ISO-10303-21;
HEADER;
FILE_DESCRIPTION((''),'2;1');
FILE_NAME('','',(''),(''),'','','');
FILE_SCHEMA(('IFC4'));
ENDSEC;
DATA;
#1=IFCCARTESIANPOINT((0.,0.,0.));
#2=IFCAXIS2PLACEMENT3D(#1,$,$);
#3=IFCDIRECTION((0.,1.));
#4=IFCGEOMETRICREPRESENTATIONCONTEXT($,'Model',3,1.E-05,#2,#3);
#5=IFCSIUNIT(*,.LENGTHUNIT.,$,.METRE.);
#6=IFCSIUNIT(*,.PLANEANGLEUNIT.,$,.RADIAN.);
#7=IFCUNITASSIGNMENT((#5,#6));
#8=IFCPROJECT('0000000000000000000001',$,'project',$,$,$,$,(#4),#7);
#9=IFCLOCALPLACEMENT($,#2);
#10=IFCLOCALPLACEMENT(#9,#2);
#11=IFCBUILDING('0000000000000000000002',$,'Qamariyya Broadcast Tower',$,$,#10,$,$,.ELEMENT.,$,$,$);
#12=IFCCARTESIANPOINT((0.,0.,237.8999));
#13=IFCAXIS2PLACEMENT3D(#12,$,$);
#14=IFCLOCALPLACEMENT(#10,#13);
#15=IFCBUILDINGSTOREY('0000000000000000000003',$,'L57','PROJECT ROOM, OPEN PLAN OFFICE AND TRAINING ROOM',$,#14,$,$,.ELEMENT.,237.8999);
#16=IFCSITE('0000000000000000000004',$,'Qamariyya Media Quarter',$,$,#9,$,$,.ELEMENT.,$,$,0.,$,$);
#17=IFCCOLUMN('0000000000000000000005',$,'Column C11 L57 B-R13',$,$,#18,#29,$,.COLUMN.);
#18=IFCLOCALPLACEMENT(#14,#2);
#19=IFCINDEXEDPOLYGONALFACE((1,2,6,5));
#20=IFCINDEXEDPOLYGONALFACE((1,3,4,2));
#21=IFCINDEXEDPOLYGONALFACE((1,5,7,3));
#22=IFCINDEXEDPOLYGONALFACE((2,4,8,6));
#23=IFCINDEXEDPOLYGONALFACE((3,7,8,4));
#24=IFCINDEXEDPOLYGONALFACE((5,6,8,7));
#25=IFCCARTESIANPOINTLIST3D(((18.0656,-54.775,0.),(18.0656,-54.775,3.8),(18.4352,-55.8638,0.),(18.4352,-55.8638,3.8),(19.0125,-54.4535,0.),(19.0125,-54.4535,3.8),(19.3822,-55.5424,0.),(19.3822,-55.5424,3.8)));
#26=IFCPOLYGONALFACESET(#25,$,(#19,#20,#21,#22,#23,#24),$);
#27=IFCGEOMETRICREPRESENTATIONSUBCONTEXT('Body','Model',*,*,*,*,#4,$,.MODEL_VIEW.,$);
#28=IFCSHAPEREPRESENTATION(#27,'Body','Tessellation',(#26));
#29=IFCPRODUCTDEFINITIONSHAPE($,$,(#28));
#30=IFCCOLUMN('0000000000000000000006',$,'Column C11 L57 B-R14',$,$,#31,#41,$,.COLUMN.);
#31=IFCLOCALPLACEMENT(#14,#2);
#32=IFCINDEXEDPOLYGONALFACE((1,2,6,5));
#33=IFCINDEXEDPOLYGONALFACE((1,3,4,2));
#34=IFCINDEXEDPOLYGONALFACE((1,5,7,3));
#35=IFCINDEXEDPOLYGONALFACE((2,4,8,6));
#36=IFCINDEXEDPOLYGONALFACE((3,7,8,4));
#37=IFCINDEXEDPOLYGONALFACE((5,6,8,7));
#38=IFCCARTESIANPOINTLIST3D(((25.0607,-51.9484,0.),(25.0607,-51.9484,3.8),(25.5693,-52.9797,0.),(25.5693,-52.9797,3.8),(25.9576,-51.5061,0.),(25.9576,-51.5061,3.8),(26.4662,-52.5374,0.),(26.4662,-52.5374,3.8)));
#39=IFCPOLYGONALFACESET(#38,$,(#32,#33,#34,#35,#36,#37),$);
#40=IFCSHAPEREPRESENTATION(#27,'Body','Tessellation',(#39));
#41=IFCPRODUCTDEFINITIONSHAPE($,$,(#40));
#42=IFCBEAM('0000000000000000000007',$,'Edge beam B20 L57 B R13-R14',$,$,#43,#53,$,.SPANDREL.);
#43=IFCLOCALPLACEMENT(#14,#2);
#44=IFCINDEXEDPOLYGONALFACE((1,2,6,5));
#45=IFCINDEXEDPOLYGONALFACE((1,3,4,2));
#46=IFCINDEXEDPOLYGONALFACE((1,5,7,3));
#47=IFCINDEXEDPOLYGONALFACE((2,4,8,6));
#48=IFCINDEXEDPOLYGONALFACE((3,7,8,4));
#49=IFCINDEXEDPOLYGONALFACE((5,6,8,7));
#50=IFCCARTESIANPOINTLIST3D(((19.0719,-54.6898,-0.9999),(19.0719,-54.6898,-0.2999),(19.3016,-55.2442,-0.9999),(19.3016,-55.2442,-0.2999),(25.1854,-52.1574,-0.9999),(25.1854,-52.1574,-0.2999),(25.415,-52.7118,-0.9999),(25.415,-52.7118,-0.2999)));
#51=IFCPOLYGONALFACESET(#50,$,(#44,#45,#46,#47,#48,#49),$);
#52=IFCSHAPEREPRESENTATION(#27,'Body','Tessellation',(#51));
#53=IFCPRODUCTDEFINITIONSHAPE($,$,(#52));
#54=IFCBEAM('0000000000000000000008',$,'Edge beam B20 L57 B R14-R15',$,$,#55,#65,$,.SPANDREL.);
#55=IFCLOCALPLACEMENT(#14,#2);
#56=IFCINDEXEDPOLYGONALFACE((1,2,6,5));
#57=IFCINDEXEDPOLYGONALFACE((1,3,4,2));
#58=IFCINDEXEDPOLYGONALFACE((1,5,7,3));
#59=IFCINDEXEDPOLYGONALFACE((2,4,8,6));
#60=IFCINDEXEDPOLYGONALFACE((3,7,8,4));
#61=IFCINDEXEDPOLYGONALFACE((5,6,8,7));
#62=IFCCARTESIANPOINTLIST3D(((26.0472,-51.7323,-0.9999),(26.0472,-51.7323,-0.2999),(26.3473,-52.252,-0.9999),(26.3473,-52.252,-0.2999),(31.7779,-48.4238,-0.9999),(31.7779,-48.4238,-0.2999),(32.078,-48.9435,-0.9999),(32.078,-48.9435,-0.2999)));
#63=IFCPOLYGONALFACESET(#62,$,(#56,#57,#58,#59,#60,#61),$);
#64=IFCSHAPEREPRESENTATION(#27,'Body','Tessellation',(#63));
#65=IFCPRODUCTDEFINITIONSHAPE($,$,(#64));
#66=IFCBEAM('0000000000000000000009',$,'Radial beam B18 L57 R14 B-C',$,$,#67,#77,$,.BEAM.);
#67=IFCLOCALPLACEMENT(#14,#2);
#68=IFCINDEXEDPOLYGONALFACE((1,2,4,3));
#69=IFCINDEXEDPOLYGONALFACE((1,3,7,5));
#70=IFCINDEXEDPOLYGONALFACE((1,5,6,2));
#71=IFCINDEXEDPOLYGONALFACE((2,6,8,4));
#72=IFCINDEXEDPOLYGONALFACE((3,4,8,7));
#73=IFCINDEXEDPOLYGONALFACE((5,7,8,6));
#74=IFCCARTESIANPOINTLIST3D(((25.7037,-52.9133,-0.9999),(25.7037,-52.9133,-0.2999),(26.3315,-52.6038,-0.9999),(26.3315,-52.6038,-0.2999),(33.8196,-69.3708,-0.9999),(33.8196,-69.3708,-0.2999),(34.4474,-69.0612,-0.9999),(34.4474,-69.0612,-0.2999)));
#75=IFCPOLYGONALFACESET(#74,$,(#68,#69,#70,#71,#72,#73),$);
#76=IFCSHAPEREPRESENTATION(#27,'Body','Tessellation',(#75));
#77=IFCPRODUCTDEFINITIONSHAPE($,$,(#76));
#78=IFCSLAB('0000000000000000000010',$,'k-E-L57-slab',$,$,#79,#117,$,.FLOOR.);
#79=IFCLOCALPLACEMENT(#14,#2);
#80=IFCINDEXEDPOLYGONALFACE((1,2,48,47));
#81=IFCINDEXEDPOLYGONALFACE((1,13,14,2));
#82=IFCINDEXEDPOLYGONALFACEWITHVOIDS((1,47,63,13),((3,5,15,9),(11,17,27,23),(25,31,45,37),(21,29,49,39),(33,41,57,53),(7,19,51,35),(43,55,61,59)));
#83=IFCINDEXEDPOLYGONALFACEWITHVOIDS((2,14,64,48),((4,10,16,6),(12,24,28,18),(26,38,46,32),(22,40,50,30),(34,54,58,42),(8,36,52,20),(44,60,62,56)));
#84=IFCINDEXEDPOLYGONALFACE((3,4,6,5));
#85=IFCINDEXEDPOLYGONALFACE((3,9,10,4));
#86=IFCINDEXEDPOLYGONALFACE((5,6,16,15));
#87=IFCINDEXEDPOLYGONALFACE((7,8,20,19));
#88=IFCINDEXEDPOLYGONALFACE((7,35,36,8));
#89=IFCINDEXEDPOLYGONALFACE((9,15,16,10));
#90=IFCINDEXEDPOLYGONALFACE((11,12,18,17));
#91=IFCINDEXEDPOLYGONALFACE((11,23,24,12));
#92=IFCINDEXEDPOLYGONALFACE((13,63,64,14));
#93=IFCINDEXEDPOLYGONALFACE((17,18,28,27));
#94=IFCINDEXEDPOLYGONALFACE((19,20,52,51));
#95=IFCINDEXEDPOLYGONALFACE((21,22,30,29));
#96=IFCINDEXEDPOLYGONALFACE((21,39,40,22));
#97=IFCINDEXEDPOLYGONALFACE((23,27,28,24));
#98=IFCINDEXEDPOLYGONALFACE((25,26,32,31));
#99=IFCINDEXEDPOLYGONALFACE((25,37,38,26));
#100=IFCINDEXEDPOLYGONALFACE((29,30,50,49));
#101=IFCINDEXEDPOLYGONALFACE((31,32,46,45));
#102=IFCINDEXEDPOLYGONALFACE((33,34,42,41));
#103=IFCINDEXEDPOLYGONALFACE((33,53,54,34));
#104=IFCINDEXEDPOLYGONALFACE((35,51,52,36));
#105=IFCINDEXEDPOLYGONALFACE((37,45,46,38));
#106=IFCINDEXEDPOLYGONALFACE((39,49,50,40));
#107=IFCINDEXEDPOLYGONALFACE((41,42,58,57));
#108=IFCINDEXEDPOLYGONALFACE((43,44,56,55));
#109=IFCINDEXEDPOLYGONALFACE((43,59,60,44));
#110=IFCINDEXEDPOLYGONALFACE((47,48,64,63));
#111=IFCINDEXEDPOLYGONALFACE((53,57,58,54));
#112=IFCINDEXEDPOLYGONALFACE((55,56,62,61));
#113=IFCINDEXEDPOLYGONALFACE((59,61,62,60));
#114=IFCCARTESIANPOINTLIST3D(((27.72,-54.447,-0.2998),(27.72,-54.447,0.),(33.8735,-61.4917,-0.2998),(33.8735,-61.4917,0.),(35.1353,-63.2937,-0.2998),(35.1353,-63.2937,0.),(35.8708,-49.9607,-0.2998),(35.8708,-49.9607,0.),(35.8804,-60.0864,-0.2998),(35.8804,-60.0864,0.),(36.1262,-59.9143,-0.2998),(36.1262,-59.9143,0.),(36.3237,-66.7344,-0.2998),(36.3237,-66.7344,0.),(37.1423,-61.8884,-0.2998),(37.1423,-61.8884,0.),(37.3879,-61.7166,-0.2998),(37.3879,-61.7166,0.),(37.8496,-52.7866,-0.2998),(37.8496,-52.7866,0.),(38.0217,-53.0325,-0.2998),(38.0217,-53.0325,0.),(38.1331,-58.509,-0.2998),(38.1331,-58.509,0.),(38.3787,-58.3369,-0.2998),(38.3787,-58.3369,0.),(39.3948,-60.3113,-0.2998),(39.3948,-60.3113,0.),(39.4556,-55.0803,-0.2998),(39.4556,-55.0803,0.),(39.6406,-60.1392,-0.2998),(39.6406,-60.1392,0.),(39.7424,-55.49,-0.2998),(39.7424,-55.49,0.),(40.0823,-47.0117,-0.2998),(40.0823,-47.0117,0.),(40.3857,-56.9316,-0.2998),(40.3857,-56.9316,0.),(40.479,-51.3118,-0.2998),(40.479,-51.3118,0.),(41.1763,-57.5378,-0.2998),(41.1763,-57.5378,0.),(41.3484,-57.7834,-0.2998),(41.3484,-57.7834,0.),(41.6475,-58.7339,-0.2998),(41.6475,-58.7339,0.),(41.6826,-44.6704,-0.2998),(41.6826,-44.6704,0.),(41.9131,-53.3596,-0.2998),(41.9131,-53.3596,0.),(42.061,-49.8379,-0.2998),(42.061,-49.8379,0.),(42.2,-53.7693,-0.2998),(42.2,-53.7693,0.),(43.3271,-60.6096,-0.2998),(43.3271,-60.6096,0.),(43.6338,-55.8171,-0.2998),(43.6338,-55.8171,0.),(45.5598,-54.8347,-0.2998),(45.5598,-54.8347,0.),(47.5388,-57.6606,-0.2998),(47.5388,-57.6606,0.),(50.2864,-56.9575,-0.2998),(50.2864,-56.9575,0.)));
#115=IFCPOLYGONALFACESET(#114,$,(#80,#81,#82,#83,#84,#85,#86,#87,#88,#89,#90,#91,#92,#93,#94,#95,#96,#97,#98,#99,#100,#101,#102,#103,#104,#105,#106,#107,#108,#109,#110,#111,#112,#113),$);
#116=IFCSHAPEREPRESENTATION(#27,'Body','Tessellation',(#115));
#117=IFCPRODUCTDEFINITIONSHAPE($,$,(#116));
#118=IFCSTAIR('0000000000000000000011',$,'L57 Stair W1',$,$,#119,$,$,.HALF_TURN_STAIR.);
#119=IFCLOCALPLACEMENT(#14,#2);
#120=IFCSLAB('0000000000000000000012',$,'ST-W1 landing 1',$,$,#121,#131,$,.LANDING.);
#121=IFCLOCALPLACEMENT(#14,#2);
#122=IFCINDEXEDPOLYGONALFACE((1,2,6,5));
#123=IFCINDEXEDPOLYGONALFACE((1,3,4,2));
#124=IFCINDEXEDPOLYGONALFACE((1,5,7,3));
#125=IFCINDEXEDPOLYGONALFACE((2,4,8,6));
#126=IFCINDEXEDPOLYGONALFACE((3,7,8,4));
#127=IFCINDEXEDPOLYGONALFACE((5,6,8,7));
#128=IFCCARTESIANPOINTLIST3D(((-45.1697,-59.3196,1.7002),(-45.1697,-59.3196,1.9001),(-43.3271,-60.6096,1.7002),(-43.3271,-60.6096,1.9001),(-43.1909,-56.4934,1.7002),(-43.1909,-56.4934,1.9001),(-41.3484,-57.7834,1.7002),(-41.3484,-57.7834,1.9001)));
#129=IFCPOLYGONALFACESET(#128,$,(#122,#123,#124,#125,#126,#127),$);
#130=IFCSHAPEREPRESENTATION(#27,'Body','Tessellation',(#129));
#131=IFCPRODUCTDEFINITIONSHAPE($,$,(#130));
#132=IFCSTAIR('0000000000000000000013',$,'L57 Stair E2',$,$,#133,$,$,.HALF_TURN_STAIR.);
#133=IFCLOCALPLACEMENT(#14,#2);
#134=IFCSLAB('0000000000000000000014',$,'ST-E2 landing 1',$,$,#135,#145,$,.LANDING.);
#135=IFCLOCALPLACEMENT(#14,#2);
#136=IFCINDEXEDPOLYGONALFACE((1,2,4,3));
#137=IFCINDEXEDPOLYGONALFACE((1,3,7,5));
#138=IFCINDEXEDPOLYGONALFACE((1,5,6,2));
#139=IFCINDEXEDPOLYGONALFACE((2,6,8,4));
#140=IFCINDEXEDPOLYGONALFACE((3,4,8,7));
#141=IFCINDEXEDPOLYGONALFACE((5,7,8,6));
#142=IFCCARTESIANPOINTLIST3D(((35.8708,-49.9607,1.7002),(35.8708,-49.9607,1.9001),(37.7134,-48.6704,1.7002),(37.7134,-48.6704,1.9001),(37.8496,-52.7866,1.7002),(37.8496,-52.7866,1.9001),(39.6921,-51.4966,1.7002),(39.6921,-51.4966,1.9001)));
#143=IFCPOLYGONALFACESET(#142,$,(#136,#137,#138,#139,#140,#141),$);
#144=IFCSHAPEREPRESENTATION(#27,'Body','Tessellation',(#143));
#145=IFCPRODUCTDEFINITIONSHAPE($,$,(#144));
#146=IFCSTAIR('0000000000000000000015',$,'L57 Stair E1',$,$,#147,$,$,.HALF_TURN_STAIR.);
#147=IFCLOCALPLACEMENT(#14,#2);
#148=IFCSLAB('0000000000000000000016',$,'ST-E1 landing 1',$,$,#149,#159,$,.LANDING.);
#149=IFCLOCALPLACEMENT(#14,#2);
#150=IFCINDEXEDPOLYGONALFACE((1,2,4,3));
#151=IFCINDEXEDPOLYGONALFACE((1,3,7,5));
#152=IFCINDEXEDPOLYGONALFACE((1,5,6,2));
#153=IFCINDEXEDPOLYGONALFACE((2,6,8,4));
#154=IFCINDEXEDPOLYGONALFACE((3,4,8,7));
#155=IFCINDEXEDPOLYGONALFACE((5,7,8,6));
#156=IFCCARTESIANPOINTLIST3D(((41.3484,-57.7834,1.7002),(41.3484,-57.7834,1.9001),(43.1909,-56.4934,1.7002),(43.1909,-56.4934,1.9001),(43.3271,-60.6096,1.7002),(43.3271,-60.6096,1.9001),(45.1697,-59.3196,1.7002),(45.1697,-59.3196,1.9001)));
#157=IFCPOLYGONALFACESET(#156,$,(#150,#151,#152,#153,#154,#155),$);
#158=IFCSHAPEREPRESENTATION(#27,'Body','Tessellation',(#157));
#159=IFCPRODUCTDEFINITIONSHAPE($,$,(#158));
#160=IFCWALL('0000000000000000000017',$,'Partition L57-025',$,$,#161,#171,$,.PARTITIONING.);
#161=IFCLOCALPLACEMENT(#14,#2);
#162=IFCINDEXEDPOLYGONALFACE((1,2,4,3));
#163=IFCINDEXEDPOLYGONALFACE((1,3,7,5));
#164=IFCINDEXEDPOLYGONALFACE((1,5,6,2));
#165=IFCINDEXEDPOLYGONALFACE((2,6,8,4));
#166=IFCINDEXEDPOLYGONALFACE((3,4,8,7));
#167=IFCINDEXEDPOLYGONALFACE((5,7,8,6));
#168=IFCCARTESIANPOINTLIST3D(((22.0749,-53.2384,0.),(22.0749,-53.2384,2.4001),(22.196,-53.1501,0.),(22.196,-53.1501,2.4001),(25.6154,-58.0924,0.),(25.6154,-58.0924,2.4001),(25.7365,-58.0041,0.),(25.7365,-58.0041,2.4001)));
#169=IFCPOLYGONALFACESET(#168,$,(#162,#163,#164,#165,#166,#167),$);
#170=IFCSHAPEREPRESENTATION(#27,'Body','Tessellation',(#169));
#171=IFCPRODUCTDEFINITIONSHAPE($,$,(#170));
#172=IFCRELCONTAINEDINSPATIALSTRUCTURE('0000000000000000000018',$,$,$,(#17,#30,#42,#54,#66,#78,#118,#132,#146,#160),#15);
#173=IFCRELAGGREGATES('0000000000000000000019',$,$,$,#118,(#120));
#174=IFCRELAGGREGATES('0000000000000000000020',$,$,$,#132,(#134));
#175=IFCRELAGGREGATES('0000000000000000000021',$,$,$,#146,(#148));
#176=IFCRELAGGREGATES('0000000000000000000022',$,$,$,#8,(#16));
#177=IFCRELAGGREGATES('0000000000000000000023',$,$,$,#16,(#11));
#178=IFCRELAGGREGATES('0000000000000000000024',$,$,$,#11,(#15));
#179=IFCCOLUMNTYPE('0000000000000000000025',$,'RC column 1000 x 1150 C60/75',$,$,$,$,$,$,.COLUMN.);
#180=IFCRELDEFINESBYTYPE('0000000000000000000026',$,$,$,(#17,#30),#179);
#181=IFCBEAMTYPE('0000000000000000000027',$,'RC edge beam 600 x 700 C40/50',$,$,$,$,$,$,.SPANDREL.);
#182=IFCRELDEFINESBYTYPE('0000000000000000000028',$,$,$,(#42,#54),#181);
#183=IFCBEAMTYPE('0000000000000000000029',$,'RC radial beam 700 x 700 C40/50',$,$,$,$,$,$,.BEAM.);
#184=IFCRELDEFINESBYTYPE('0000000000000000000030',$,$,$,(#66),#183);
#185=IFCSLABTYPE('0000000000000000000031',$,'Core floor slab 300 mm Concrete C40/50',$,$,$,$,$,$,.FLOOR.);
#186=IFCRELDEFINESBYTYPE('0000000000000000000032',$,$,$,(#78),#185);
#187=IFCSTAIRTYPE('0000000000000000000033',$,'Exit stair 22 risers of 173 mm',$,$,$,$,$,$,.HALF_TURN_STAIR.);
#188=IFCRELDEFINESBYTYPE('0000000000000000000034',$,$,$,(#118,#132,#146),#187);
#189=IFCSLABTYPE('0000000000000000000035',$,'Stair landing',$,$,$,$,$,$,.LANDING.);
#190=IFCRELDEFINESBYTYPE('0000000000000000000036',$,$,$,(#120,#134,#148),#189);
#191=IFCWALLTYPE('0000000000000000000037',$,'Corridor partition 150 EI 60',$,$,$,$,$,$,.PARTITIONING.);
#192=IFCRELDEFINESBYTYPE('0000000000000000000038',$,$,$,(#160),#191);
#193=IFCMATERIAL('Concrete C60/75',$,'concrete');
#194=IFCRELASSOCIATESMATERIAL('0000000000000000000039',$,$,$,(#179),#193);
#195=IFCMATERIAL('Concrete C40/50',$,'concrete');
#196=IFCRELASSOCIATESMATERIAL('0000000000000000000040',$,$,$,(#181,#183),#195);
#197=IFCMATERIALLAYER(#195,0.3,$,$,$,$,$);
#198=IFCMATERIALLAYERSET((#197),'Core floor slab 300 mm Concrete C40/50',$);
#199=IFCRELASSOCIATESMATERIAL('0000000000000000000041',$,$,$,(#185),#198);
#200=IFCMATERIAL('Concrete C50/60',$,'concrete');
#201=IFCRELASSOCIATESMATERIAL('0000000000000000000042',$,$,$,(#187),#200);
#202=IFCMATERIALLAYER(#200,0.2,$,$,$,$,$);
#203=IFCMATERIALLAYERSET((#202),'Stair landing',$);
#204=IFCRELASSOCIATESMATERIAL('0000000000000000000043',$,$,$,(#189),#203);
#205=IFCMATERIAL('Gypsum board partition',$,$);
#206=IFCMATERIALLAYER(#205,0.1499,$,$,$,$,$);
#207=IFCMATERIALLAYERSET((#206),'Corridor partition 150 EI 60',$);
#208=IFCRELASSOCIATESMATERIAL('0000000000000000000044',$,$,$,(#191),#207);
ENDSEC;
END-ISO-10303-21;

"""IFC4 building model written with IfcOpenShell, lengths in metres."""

from ifc_helpers import new_model, si_unit, direction, frame, frame_2d, origin, origin_2d, place, context, subcontext, project, spatial, polyline, rectangle, outline, extrude, material, layer, layer_set, material_profile, profile_set, type_object, element, aggregate, save


model = new_model("IFC4")

# Units and contexts
model_context = context("Model", 3, precision=1e-05, world=origin(), true_north=direction((0.0, 1.0)))
body_context = subcontext(model_context, "Body", "Model", "MODEL_VIEW")
ifc_project = project(units=[si_unit("LENGTHUNIT", "METRE"), si_unit("PLANEANGLEUNIT", "RADIAN")], contexts=[model_context])

# Site, building, storey
site_placement = place(None, origin())
site = spatial("IfcSite", under=ifc_project, at=site_placement, Name="Qamariyya Media Quarter", CompositionType="ELEMENT", RefElevation=0.0)
building_placement = place(site_placement, origin())
building = spatial("IfcBuilding", under=site, at=building_placement, Name="Qamariyya Broadcast Tower", CompositionType="ELEMENT")
storey_placement = place(building_placement, frame((0.0, 0.0, 237.8999)))
storey = spatial("IfcBuildingStorey", under=building, at=storey_placement, Name="L57", Description="PROJECT ROOM, OPEN PLAN OFFICE AND TRAINING ROOM", CompositionType="ELEMENT", Elevation=237.8999)

# Columns
ifc_material_1 = material(Name="Concrete C60/75", Category="concrete")
ifc_material_profile_1 = material_profile(ifc_material_1, rectangle(XDim=1.0, YDim=1.1499, at=origin_2d()))
ifc_profile_set_1 = profile_set([ifc_material_profile_1], Name="Concrete C60/75")
column_type = type_object("IfcColumnType", Name="RC column 1000 x 1150 C60/75", PredefinedType="COLUMN", material=ifc_profile_set_1)
for number, where, z_axis, x_axis, name in (
    (1, (18.7239, -55.1587, 0.0), (0.0, 0.0, 1.0), (0.94693, 0.321439, 0.0), "Column C11 L57 B-R13"),
    (2, (25.7634, -52.2429, 0.0), (0.0, 0.0, 1.0), (0.896873, 0.442289, 0.0), "Column C11 L57 B-R14"),
):
    element("IfcColumn", number, at=place(storey_placement, frame(where, z_axis=z_axis, x_axis=x_axis)), inside=storey, type_object=column_type, Name=name, PredefinedType="COLUMN", context=body_context, shape_type="SweptSolid", body=[
        extrude(rectangle(XDim=1.0, YDim=1.1499, at=origin_2d()), origin(), (0.0, 0.0, 1.0), 3.8),
    ])

# Beams
ifc_material_2 = material(Name="Concrete C40/50", Category="concrete")
ifc_material_profile_2 = material_profile(ifc_material_2, rectangle(XDim=0.6001, YDim=0.7, at=origin_2d()))
ifc_profile_set_2 = profile_set([ifc_material_profile_2], Name="Concrete C40/50")
beam_type_1 = type_object("IfcBeamType", Name="RC edge beam 600 x 700 C40/50", PredefinedType="SPANDREL", material=ifc_profile_set_2)
for number, where, z_axis, x_axis, name in (
    (3, (19.1868, -54.967, -0.6499), (0.923871, 0.382705, 0.0), (-0.382705, 0.923871, 0.0), "Edge beam B20 L57 B R13-R14"),
    (4, (26.1973, -51.9922, -0.6499), (0.866028, 0.499996, 0.0), (-0.499996, 0.866028, 0.0), "Edge beam B20 L57 B R14-R15"),
):
    element("IfcBeam", number, at=place(storey_placement, frame(where, z_axis=z_axis, x_axis=x_axis)), inside=storey, type_object=beam_type_1, Name=name, PredefinedType="SPANDREL", context=body_context, shape_type="SweptSolid", body=[
        extrude(rectangle(XDim=0.6001, YDim=0.7, at=origin_2d()), origin(), (0.0, 0.0, 1.0), 6.6172),
    ])
ifc_material_profile_3 = material_profile(ifc_material_2, rectangle(XDim=0.7, YDim=0.7, at=origin_2d()))
ifc_profile_set_3 = profile_set([ifc_material_profile_3], Name="Concrete C40/50")
beam_type_2 = type_object("IfcBeamType", Name="RC radial beam 700 x 700 C40/50", PredefinedType="BEAM", material=ifc_profile_set_3)
beam_placement = place(storey_placement, frame((26.0176, -52.7585, -0.6499), z_axis=(0.442289, -0.896872, 0.0), x_axis=(0.896872, 0.442289, 0.0)))
element("IfcBeam", 5, at=beam_placement, inside=storey, type_object=beam_type_2, Name="Radial beam B18 L57 R14 B-C", PredefinedType="BEAM", context=body_context, shape_type="SweptSolid", body=[
    extrude(rectangle(XDim=0.7, YDim=0.7, at=origin_2d()), origin(), (0.0, 0.0, 1.0), 18.3499),
])

# Slab
ifc_layer_1 = layer(ifc_material_2, 0.3)
ifc_layer_set_1 = layer_set([ifc_layer_1], Name="Core floor slab 300 mm Concrete C40/50")
slab_type_1 = type_object("IfcSlabType", Name="Core floor slab 300 mm Concrete C40/50", PredefinedType="FLOOR", material=ifc_layer_set_1)
slab_1_placement = place(storey_placement, frame((0.0, 0.0, -0.2998)))
element("IfcSlab", 6, at=slab_1_placement, inside=storey, type_object=slab_type_1, Name="k-E-L57-slab", PredefinedType="FLOOR", context=body_context, shape_type="SweptSolid", body=[
    extrude(outline(polyline([(36.3237, -66.7344), (50.2864, -56.9575), (41.6826, -44.6704), (27.72, -54.447), (36.3237, -66.7344)]), holes=[polyline([(33.8735, -61.4917), (35.8804, -60.0864), (37.1423, -61.8884), (35.1353, -63.2937), (33.8735, -61.4917)]), polyline([(36.1262, -59.9143), (38.1331, -58.509), (39.3948, -60.3113), (37.3879, -61.7166), (36.1262, -59.9143)]), polyline([(38.3787, -58.3369), (40.3857, -56.9316), (41.6475, -58.7339), (39.6406, -60.1392), (38.3787, -58.3369)]), polyline([(39.7424, -55.49), (42.2, -53.7693), (43.6338, -55.8171), (41.1763, -57.5378), (39.7424, -55.49)]), polyline([(39.4556, -55.0803), (41.9131, -53.3596), (40.479, -51.3118), (38.0217, -53.0325), (39.4556, -55.0803)]), polyline([(40.0823, -47.0117), (35.8708, -49.9607), (37.8496, -52.7866), (42.061, -49.8379), (40.0823, -47.0117)]), polyline([(45.5598, -54.8347), (41.3484, -57.7834), (43.3271, -60.6096), (47.5388, -57.6606), (45.5598, -54.8347)])]), origin(), (0.0, 0.0, 1.0), 0.2998),
])

# Stairs, slabs
ifc_material_3 = material(Name="Concrete C50/60", Category="concrete")
stair_type = type_object("IfcStairType", Name="Exit stair 22 risers of 173 mm", PredefinedType="HALF_TURN_STAIR", material=ifc_material_3)
stair_1_placement = place(storey_placement, origin())
stair_1 = element("IfcStair", 7, at=stair_1_placement, inside=storey, type_object=stair_type, Name="L57 Stair W1", PredefinedType="HALF_TURN_STAIR")
ifc_layer_2 = layer(ifc_material_3, 0.2)
ifc_layer_set_2 = layer_set([ifc_layer_2], Name="Stair landing")
slab_type_2 = type_object("IfcSlabType", Name="Stair landing", PredefinedType="LANDING", material=ifc_layer_set_2)
slab_2_placement = place(storey_placement, frame((0.0, 0.0, 1.7002)))
slab_2 = element("IfcSlab", 8, at=slab_2_placement, type_object=slab_type_2, Name="ST-W1 landing 1", PredefinedType="LANDING", context=body_context, shape_type="SweptSolid", body=[
    extrude(outline(polyline([(-45.1697, -59.3196), (-43.3271, -60.6096), (-41.3484, -57.7834), (-43.1909, -56.4934), (-45.1697, -59.3196)])), origin(), (0.0, 0.0, 1.0), 0.2),
])
aggregate(stair_1, [slab_2])
stair_2_placement = place(storey_placement, origin())
stair_2 = element("IfcStair", 9, at=stair_2_placement, inside=storey, type_object=stair_type, Name="L57 Stair E2", PredefinedType="HALF_TURN_STAIR")
slab_3_placement = place(storey_placement, frame((0.0, 0.0, 1.7002)))
slab_3 = element("IfcSlab", 10, at=slab_3_placement, type_object=slab_type_2, Name="ST-E2 landing 1", PredefinedType="LANDING", context=body_context, shape_type="SweptSolid", body=[
    extrude(outline(polyline([(37.7134, -48.6704), (35.8708, -49.9607), (37.8496, -52.7866), (39.6921, -51.4966), (37.7134, -48.6704)])), origin(), (0.0, 0.0, 1.0), 0.2),
])
aggregate(stair_2, [slab_3])
stair_3_placement = place(storey_placement, origin())
stair_3 = element("IfcStair", 11, at=stair_3_placement, inside=storey, type_object=stair_type, Name="L57 Stair E1", PredefinedType="HALF_TURN_STAIR")
slab_4_placement = place(storey_placement, frame((0.0, 0.0, 1.7002)))
slab_4 = element("IfcSlab", 12, at=slab_4_placement, type_object=slab_type_2, Name="ST-E1 landing 1", PredefinedType="LANDING", context=body_context, shape_type="SweptSolid", body=[
    extrude(outline(polyline([(43.1909, -56.4934), (41.3484, -57.7834), (43.3271, -60.6096), (45.1697, -59.3196), (43.1909, -56.4934)])), origin(), (0.0, 0.0, 1.0), 0.2),
])
aggregate(stair_3, [slab_4])

# Wall
ifc_material_4 = material(Name="Gypsum board partition")
ifc_layer_3 = layer(ifc_material_4, 0.1499)
ifc_layer_set_3 = layer_set([ifc_layer_3], Name="Corridor partition 150 EI 60")
wall_type_1 = type_object("IfcWallType", Name="Corridor partition 150 EI 60", PredefinedType="PARTITIONING", material=ifc_layer_set_3)
wall_1_placement = place(storey_placement, frame((22.1355, -53.1943, 0.0), z_axis=(0.0, 0.0, 1.0), x_axis=(0.589297, -0.807916, 0.0)))
element("IfcWall", 13, at=wall_1_placement, inside=storey, type_object=wall_type_1, Name="Partition L57-025", PredefinedType="PARTITIONING", context=body_context, shape_type="SweptSolid", body=[
    extrude(rectangle(XDim=6.0081, YDim=0.1499, at=frame_2d((3.0039, 0.0))), origin(), (0.0, 0.0, 1.0), 2.4001),
])

save(model, "model.ifc")
